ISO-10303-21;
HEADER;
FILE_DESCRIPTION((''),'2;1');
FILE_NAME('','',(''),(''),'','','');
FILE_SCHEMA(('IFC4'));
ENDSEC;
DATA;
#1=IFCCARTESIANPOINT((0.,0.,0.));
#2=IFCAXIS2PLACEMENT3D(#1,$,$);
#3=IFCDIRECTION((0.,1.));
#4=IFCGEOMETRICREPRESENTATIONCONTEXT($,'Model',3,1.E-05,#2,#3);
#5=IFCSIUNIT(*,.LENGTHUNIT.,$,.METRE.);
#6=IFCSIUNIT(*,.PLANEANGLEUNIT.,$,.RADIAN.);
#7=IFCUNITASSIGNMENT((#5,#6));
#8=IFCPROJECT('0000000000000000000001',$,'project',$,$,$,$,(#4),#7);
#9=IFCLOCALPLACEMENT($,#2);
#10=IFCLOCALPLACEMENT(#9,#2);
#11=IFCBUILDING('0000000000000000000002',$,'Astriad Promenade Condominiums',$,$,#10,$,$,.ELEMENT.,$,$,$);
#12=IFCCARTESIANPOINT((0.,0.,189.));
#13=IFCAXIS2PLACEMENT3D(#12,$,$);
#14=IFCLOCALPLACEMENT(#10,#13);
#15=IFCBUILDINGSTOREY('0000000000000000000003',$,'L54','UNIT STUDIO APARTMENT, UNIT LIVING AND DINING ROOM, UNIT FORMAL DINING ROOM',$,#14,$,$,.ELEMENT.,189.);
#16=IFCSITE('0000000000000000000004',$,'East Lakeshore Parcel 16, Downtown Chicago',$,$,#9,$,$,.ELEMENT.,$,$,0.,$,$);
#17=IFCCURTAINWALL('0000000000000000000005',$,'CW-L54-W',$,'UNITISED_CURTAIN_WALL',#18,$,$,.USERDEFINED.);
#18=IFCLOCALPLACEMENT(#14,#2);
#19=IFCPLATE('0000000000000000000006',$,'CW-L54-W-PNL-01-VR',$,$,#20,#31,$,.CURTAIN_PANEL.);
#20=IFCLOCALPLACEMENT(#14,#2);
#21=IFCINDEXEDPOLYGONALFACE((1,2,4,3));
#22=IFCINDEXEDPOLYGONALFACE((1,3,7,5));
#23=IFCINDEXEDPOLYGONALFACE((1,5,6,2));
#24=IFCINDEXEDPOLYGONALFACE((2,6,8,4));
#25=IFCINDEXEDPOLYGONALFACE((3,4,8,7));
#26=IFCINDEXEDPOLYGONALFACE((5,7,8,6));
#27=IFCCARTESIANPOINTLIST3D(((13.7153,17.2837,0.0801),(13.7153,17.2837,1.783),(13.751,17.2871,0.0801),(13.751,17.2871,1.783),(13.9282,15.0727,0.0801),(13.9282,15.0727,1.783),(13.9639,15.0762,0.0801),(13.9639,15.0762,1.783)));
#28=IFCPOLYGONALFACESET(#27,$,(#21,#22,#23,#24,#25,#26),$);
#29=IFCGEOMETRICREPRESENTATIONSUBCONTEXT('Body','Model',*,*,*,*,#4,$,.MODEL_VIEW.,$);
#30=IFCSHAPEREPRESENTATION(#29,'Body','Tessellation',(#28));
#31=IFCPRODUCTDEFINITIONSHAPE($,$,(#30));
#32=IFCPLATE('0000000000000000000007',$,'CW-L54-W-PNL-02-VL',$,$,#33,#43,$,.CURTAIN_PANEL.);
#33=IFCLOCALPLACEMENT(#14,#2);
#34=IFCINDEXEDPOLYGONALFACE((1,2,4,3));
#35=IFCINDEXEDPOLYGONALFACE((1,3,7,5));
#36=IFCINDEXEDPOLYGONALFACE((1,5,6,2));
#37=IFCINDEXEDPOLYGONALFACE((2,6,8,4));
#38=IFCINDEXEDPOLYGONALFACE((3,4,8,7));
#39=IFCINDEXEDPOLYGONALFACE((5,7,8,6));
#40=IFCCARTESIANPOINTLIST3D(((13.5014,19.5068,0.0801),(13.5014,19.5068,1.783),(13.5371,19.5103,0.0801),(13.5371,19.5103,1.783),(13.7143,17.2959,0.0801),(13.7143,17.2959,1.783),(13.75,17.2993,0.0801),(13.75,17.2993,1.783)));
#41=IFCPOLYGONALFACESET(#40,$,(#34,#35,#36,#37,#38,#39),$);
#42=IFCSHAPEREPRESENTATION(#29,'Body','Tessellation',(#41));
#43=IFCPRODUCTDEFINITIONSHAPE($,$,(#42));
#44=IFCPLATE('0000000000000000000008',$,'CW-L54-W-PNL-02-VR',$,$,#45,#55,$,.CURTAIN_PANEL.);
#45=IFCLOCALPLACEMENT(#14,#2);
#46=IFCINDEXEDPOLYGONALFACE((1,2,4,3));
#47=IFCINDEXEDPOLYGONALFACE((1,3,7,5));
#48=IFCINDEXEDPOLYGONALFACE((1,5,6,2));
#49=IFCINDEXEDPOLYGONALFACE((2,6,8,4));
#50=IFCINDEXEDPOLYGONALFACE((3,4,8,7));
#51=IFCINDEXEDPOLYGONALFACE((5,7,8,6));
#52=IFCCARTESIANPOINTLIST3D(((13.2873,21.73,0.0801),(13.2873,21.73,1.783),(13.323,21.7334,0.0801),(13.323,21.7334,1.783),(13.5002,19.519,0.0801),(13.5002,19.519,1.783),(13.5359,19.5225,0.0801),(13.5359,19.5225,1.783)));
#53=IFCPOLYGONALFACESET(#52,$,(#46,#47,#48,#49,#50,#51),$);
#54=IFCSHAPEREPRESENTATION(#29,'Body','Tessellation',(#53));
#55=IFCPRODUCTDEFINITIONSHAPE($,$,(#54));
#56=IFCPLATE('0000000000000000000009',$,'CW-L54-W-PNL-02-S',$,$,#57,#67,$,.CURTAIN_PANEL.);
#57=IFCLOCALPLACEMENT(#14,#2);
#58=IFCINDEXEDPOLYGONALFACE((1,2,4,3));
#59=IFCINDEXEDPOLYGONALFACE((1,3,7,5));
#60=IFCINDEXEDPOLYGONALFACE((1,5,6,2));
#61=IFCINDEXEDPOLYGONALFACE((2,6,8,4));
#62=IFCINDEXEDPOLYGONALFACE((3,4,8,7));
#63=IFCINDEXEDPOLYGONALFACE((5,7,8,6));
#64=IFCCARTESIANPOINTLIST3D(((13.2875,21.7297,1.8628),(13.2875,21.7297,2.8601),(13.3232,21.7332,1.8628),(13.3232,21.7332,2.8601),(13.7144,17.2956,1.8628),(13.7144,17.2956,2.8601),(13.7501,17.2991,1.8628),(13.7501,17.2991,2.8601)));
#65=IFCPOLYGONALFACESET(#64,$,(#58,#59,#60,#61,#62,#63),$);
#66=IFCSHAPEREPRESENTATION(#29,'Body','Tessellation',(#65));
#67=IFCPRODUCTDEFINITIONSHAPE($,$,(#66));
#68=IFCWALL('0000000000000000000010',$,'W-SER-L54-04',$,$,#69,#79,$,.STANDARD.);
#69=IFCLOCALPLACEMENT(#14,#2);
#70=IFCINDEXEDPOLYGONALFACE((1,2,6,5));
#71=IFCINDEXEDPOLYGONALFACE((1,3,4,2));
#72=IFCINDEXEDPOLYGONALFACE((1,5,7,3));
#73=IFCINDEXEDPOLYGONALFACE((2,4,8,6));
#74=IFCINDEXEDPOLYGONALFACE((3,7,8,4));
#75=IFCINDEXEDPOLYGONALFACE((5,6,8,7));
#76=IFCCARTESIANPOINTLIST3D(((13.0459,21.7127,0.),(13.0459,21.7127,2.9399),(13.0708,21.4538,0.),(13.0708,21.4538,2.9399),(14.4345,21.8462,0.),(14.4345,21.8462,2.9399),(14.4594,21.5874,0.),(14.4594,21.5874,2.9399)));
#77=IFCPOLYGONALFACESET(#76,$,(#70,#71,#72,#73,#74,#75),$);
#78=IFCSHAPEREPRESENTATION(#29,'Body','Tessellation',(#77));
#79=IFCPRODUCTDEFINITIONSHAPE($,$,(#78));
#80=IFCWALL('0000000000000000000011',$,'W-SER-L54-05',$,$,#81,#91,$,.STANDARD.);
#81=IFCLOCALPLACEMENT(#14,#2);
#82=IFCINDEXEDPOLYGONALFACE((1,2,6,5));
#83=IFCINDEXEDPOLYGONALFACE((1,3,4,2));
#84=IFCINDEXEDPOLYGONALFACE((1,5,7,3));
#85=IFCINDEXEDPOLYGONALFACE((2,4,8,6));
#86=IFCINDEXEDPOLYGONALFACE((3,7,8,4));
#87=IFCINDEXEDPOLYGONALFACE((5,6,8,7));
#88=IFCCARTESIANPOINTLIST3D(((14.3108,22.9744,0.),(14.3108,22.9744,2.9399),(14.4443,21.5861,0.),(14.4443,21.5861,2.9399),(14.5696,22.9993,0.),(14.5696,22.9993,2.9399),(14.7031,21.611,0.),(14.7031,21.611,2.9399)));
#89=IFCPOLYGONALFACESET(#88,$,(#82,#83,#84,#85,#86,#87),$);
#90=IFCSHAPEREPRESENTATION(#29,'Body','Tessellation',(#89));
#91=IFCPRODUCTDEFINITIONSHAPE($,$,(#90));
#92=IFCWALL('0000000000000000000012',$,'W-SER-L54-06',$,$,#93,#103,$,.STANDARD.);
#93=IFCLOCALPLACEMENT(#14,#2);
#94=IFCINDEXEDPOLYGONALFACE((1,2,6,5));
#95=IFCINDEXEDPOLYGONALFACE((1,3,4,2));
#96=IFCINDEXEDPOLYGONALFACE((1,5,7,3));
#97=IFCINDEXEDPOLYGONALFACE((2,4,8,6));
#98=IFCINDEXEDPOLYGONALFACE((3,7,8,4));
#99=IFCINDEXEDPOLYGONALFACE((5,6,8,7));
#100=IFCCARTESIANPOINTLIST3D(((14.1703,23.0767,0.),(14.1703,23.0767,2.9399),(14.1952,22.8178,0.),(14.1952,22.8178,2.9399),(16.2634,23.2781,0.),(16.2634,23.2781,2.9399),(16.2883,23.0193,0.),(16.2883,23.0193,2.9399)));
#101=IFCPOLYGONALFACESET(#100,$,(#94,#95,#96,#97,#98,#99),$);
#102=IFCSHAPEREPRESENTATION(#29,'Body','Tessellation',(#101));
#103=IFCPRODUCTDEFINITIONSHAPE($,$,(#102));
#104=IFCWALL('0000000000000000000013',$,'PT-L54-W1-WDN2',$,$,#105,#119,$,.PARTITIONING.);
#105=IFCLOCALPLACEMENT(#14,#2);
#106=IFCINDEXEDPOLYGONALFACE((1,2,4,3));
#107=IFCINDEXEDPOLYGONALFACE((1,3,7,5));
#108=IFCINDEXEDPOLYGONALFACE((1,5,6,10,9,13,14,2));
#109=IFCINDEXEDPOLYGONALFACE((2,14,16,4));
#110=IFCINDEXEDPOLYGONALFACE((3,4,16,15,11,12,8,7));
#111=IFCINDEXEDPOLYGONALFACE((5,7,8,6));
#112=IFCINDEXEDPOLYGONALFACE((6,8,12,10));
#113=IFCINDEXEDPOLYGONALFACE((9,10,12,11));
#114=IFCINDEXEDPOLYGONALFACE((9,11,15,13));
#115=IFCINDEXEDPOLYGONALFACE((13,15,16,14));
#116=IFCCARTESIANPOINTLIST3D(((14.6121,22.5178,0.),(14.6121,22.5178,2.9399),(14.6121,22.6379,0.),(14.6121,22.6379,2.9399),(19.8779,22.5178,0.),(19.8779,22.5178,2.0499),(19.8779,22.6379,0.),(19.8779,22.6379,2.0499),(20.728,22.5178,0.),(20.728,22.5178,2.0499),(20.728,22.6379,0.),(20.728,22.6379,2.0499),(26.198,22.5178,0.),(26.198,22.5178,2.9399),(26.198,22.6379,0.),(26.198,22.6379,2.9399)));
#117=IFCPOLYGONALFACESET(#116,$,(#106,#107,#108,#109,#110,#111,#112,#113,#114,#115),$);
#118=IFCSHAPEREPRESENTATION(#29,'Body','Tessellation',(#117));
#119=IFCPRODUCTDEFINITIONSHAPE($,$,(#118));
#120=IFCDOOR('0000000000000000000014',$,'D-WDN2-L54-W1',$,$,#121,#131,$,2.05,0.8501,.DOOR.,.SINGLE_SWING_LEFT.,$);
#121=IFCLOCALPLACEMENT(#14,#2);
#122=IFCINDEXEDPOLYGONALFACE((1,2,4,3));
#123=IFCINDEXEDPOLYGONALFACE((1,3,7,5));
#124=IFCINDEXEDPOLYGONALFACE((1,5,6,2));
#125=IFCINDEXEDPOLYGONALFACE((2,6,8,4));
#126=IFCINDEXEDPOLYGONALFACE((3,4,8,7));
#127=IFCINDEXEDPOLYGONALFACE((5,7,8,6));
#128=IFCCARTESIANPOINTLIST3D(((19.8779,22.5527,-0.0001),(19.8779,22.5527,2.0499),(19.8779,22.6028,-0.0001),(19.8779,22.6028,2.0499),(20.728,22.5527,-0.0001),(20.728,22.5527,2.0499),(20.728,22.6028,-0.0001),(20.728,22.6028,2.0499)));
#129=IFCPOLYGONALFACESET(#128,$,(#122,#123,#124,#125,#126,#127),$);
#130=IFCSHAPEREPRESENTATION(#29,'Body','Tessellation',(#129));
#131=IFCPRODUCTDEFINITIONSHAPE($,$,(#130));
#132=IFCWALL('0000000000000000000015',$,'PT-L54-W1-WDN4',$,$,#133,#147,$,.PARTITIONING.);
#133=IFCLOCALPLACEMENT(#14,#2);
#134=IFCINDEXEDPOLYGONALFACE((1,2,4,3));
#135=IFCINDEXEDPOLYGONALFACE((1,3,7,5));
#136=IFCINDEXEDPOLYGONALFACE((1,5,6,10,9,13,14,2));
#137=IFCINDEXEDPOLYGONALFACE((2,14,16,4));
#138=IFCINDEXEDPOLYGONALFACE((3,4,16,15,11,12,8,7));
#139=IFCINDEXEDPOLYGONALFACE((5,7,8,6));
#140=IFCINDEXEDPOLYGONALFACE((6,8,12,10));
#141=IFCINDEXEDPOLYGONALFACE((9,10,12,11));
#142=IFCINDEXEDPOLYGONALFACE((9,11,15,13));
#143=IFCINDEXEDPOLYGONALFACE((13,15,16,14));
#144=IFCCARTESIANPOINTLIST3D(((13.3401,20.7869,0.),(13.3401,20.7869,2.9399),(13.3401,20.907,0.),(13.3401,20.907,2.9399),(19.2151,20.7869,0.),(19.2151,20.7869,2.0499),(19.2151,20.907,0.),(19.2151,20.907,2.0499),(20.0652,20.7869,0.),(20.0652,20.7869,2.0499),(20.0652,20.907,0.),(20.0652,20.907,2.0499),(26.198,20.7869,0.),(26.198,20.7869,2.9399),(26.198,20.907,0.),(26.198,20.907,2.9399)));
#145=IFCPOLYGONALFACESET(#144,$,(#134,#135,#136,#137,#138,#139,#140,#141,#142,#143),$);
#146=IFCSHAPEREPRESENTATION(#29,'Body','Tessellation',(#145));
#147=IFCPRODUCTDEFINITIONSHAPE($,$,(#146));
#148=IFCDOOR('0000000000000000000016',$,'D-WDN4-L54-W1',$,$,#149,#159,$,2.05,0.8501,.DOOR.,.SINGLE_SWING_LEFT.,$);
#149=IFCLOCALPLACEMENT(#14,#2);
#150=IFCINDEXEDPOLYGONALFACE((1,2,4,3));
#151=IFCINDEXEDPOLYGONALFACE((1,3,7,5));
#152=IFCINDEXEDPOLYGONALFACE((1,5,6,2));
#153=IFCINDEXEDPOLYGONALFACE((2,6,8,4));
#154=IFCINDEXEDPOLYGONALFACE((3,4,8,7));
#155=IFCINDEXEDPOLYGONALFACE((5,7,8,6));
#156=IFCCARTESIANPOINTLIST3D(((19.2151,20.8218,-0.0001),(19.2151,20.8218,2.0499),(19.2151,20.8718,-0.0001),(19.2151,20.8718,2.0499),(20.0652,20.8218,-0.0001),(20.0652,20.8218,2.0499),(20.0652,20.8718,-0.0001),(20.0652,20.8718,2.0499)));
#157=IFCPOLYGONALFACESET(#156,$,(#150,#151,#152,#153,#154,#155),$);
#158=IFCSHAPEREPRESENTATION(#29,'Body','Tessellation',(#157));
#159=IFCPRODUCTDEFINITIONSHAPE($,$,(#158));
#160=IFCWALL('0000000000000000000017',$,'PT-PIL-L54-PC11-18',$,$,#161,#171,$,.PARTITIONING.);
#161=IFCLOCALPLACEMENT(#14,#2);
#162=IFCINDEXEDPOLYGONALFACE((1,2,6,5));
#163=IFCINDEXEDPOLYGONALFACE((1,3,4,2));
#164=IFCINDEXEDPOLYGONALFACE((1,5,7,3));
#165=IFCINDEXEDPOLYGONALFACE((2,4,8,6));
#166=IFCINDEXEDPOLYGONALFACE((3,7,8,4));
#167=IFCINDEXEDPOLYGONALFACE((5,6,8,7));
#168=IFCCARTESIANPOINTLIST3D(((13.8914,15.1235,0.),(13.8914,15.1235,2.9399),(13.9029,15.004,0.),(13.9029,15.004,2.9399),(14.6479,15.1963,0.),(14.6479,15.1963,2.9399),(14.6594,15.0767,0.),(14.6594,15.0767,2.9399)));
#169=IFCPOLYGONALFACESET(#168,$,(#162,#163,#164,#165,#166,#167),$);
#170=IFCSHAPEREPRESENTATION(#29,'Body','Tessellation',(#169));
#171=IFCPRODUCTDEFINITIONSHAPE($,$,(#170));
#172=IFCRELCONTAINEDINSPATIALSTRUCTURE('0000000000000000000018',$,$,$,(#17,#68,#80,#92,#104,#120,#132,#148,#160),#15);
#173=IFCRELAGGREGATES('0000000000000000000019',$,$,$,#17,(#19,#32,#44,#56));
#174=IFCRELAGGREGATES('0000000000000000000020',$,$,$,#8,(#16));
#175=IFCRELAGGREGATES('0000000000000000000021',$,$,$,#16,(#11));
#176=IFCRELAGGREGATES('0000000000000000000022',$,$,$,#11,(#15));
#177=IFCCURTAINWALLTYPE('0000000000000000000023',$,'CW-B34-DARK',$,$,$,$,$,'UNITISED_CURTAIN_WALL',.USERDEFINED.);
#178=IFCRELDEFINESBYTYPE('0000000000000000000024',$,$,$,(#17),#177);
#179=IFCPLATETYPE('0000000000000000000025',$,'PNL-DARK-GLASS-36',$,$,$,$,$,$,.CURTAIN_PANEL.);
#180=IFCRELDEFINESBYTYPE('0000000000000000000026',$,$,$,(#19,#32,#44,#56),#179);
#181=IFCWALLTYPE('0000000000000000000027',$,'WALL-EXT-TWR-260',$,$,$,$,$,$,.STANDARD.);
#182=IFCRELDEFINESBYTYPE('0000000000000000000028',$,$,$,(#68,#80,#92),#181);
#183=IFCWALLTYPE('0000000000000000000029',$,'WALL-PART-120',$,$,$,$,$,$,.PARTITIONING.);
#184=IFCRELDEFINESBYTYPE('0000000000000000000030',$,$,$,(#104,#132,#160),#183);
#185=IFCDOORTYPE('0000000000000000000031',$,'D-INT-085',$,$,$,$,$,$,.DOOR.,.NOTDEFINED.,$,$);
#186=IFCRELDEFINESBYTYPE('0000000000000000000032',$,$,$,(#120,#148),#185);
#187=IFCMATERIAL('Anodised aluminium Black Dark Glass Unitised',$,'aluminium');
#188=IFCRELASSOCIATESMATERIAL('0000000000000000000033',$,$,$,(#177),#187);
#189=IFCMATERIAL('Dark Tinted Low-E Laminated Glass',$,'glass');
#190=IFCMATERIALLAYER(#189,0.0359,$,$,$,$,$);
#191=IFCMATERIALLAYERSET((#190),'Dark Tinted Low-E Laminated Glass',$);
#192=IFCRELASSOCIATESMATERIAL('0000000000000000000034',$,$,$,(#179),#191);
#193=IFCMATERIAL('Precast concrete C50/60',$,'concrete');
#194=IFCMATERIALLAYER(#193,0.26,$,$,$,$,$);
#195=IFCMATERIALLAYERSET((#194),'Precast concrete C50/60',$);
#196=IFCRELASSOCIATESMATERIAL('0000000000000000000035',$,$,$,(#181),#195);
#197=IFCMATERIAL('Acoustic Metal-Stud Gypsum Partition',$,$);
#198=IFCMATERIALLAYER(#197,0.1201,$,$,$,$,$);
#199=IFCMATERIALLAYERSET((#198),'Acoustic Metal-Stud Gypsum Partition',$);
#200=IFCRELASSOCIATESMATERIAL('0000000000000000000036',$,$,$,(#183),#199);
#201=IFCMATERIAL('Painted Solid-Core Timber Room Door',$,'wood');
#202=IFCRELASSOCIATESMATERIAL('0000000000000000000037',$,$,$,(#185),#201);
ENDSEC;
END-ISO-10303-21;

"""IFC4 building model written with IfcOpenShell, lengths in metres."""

from ifc_helpers import new_model, si_unit, direction, frame, frame_2d, origin, origin_2d, place, context, subcontext, project, spatial, rectangle, extrude, source, transform, mapped, material, layer, layer_set, type_object, type_shapes, element, fill, aggregate, save


model = new_model("IFC4")

# Units and contexts
model_context = context("Model", 3, precision=1e-05, world=origin(), true_north=direction((0.0, 1.0)))
body_context = subcontext(model_context, "Body", "Model", "MODEL_VIEW")
ifc_project = project(units=[si_unit("LENGTHUNIT", "METRE"), si_unit("PLANEANGLEUNIT", "RADIAN")], contexts=[model_context])

# Site, building, storey
site_placement = place(None, origin())
site = spatial("IfcSite", under=ifc_project, at=site_placement, Name="East Lakeshore Parcel 16, Downtown Chicago", CompositionType="ELEMENT", RefElevation=0.0)
building_placement = place(site_placement, origin())
building = spatial("IfcBuilding", under=site, at=building_placement, Name="Astriad Promenade Condominiums", CompositionType="ELEMENT")
storey_placement = place(building_placement, frame((0.0, 0.0, 189.0)))
storey = spatial("IfcBuildingStorey", under=building, at=storey_placement, Name="L54", Description="UNIT STUDIO APARTMENT, UNIT LIVING AND DINING ROOM, UNIT FORMAL DINING ROOM", CompositionType="ELEMENT", Elevation=189.0)

# Curtain wall, plates
ifc_material_1 = material(Name="Anodised aluminium Black Dark Glass Unitised", Category="aluminium")
curtain_wall_type = type_object("IfcCurtainWallType", Name="CW-B34-DARK", ElementType="UNITISED_CURTAIN_WALL", PredefinedType="USERDEFINED", material=ifc_material_1)
curtain_wall_placement = place(storey_placement, origin())
curtain_wall = element("IfcCurtainWall", 1, at=curtain_wall_placement, inside=storey, type_object=curtain_wall_type, Name="CW-L54-W", ObjectType="UNITISED_CURTAIN_WALL", PredefinedType="USERDEFINED")
ifc_material_2 = material(Name="Dark Tinted Low-E Laminated Glass", Category="glass")
ifc_layer_1 = layer(ifc_material_2, 0.0359)
ifc_layer_set_1 = layer_set([ifc_layer_1], Name="Dark Tinted Low-E Laminated Glass")
plate_type = type_object("IfcPlateType", Name="PNL-DARK-GLASS-36", PredefinedType="CURTAIN_PANEL", material=ifc_layer_set_1)
shared_shape_1 = source(origin(), body_context, "Body", "SweptSolid", [
    extrude(rectangle(XDim=2.2212, YDim=0.0359, at=origin_2d()), origin(), (0.0, 0.0, 1.0), 1.7029),
])
plate_1_placement = place(storey_placement, frame((13.8396, 16.1799, 0.0801), z_axis=(0.0, 0.0, 1.0), x_axis=(-0.095846, 0.995396, 0.0)))
plate_1 = element("IfcPlate", 2, at=plate_1_placement, type_object=plate_type, Name="CW-L54-W-PNL-01-VR", PredefinedType="CURTAIN_PANEL", context=body_context, shape_type="MappedRepresentation", body=[
    mapped(shared_shape_1, transform((0.0, 0.0, 0.0), scale=1.0)),
])
plate_2_placement = place(storey_placement, frame((13.6257, 18.4031, 0.0801), z_axis=(0.0, 0.0, 1.0), x_axis=(-0.095846, 0.995396, 0.0)))
plate_2 = element("IfcPlate", 3, at=plate_2_placement, type_object=plate_type, Name="CW-L54-W-PNL-02-VL", PredefinedType="CURTAIN_PANEL", context=body_context, shape_type="MappedRepresentation", body=[
    mapped(shared_shape_1, transform((0.0, 0.0, 0.0), scale=1.0)),
])
plate_3_placement = place(storey_placement, frame((13.4116, 20.6262, 0.0801), z_axis=(0.0, 0.0, 1.0), x_axis=(-0.095846, 0.995396, 0.0)))
plate_3 = element("IfcPlate", 4, at=plate_3_placement, type_object=plate_type, Name="CW-L54-W-PNL-02-VR", PredefinedType="CURTAIN_PANEL", context=body_context, shape_type="MappedRepresentation", body=[
    mapped(shared_shape_1, transform((0.0, 0.0, 0.0), scale=1.0)),
])
shared_shape_2 = source(origin(), body_context, "Body", "SweptSolid", [
    extrude(rectangle(XDim=4.4546, YDim=0.0359, at=origin_2d()), origin(), (0.0, 0.0, 1.0), 0.9973),
])
type_shapes(plate_type, [shared_shape_1, shared_shape_2])
plate_4_placement = place(storey_placement, frame((13.5188, 19.5144, 1.8628), z_axis=(0.0, 0.0, 1.0), x_axis=(-0.095846, 0.995396, 0.0)))
plate_4 = element("IfcPlate", 5, at=plate_4_placement, type_object=plate_type, Name="CW-L54-W-PNL-02-S", PredefinedType="CURTAIN_PANEL", context=body_context, shape_type="MappedRepresentation", body=[
    mapped(shared_shape_2, transform((0.0, 0.0, 0.0), scale=1.0)),
])
aggregate(curtain_wall, [plate_1, plate_2, plate_3, plate_4])

# Walls
ifc_material_3 = material(Name="Precast concrete C50/60", Category="concrete")
ifc_layer_2 = layer(ifc_material_3, 0.26)
ifc_layer_set_2 = layer_set([ifc_layer_2], Name="Precast concrete C50/60")
wall_type_1 = type_object("IfcWallType", Name="WALL-EXT-TWR-260", PredefinedType="STANDARD", material=ifc_layer_set_2)
wall_1_placement = place(storey_placement, frame((13.0583, 21.5833, 0.0), z_axis=(0.0, 0.0, 1.0), x_axis=(0.995408, 0.095726, 0.0)))
element("IfcWall", 6, at=wall_1_placement, inside=storey, type_object=wall_type_1, Name="W-SER-L54-04", PredefinedType="STANDARD", context=body_context, shape_type="SweptSolid", body=[
    extrude(rectangle(XDim=1.395, YDim=0.26, at=frame_2d((0.6975, 0.0))), origin(), (0.0, 0.0, 1.0), 2.9399),
])
wall_2_placement = place(storey_placement, frame((14.5737, 21.5986, 0.0), z_axis=(0.0, 0.0, 1.0), x_axis=(-0.095742, 0.995406, 0.0)))
element("IfcWall", 7, at=wall_2_placement, inside=storey, type_object=wall_type_1, Name="W-SER-L54-05", PredefinedType="STANDARD", context=body_context, shape_type="SweptSolid", body=[
    extrude(rectangle(XDim=1.3948, YDim=0.26, at=frame_2d((0.6973, 0.0))), origin(), (0.0, 0.0, 1.0), 2.9399),
])
wall_3_placement = place(storey_placement, frame((14.1829, 22.9473, 0.0), z_axis=(0.0, 0.0, 1.0), x_axis=(0.995402, 0.09579, 0.0)))
element("IfcWall", 8, at=wall_3_placement, inside=storey, type_object=wall_type_1, Name="W-SER-L54-06", PredefinedType="STANDARD", context=body_context, shape_type="SweptSolid", body=[
    extrude(rectangle(XDim=2.1028, YDim=0.26, at=frame_2d((1.0513, 0.0))), origin(), (0.0, 0.0, 1.0), 2.9399),
])

# Walls, openings, doors
ifc_material_4 = material(Name="Acoustic Metal-Stud Gypsum Partition")
ifc_layer_3 = layer(ifc_material_4, 0.1201)
ifc_layer_set_3 = layer_set([ifc_layer_3], Name="Acoustic Metal-Stud Gypsum Partition")
wall_type_2 = type_object("IfcWallType", Name="WALL-PART-120", PredefinedType="PARTITIONING", material=ifc_layer_set_3)
wall_4_placement = place(storey_placement, frame((14.6121, 22.5779, 0.0), z_axis=(0.0, 0.0, 1.0), x_axis=(1.0, 0.0, 0.0)))
wall_4 = element("IfcWall", 9, at=wall_4_placement, inside=storey, type_object=wall_type_2, Name="PT-L54-W1-WDN2", PredefinedType="PARTITIONING", context=body_context, shape_type="SweptSolid", body=[
    extrude(rectangle(XDim=11.5859, YDim=0.1201, at=frame_2d((5.793, 0.0))), origin(), (0.0, 0.0, 1.0), 2.9399),
])
opening_1_placement = place(wall_4_placement, frame((5.2659, 0.0, 0.0)))
opening_1 = element("IfcOpeningElement", 10, at=opening_1_placement, cuts=wall_4, PredefinedType="OPENING", context=body_context, shape_type="SweptSolid", body=[
    extrude(rectangle(XDim=0.8501, YDim=2.05, at=frame_2d((0.425, 1.0249))), frame((0.0, 0.0701, 0.0), z_axis=(0.0, -1.0, 0.0), x_axis=(1.0, 0.0, 0.0)), (0.0, 0.0, 1.0), 0.1401),
])
ifc_material_5 = material(Name="Painted Solid-Core Timber Room Door", Category="wood")
door_type = type_object("IfcDoorType", Name="D-INT-085", OperationType="NOTDEFINED", PredefinedType="DOOR", material=ifc_material_5)
shared_shape_3 = source(origin(), body_context, "Body", "SweptSolid", [
    extrude(rectangle(XDim=0.8501, YDim=2.05, at=frame_2d((0.425, 1.0249))), frame((0.0, 0.0249, 0.0), z_axis=(0.0, -1.0, 0.0), x_axis=(1.0, 0.0, 0.0)), (0.0, 0.0, 1.0), 0.05),
])
type_shapes(door_type, [shared_shape_3])
door_1_placement = place(opening_1_placement, origin())
door_1 = element("IfcDoor", 11, at=door_1_placement, inside=storey, type_object=door_type, Name="D-WDN2-L54-W1", OperationType="SINGLE_SWING_LEFT", OverallHeight=2.05, OverallWidth=0.8501, PredefinedType="DOOR", context=body_context, shape_type="MappedRepresentation", body=[
    mapped(shared_shape_3, transform((0.0, 0.0, 0.0), scale=1.0)),
])
fill(opening_1, door_1)
wall_5_placement = place(storey_placement, frame((13.3401, 20.8469, 0.0), z_axis=(0.0, 0.0, 1.0), x_axis=(1.0, 0.0, 0.0)))
wall_5 = element("IfcWall", 12, at=wall_5_placement, inside=storey, type_object=wall_type_2, Name="PT-L54-W1-WDN4", PredefinedType="PARTITIONING", context=body_context, shape_type="SweptSolid", body=[
    extrude(rectangle(XDim=12.8579, YDim=0.1201, at=frame_2d((6.429, 0.0))), origin(), (0.0, 0.0, 1.0), 2.9399),
])
opening_2_placement = place(wall_5_placement, frame((5.875, 0.0, 0.0)))
opening_2 = element("IfcOpeningElement", 13, at=opening_2_placement, cuts=wall_5, PredefinedType="OPENING", context=body_context, shape_type="SweptSolid", body=[
    extrude(rectangle(XDim=0.8501, YDim=2.05, at=frame_2d((0.425, 1.0249))), frame((0.0, 0.0701, 0.0), z_axis=(0.0, -1.0, 0.0), x_axis=(1.0, 0.0, 0.0)), (0.0, 0.0, 1.0), 0.1401),
])
door_2_placement = place(opening_2_placement, origin())
door_2 = element("IfcDoor", 14, at=door_2_placement, inside=storey, type_object=door_type, Name="D-WDN4-L54-W1", OperationType="SINGLE_SWING_LEFT", OverallHeight=2.05, OverallWidth=0.8501, PredefinedType="DOOR", context=body_context, shape_type="MappedRepresentation", body=[
    mapped(shared_shape_3, transform((0.0, 0.0, 0.0), scale=1.0)),
])
fill(opening_2, door_2)

# Wall
wall_6_placement = place(storey_placement, frame((14.6536, 15.1365, 0.0), z_axis=(0.0, 0.0, 1.0), x_axis=(-0.995408, -0.095719, 0.0)))
element("IfcWall", 15, at=wall_6_placement, inside=storey, type_object=wall_type_2, Name="PT-PIL-L54-PC11-18", PredefinedType="PARTITIONING", context=body_context, shape_type="SweptSolid", body=[
    extrude(rectangle(XDim=0.76, YDim=0.1201, at=frame_2d((0.3799, 0.0))), origin(), (0.0, 0.0, 1.0), 2.9399),
])

save(model, "model.ifc")
